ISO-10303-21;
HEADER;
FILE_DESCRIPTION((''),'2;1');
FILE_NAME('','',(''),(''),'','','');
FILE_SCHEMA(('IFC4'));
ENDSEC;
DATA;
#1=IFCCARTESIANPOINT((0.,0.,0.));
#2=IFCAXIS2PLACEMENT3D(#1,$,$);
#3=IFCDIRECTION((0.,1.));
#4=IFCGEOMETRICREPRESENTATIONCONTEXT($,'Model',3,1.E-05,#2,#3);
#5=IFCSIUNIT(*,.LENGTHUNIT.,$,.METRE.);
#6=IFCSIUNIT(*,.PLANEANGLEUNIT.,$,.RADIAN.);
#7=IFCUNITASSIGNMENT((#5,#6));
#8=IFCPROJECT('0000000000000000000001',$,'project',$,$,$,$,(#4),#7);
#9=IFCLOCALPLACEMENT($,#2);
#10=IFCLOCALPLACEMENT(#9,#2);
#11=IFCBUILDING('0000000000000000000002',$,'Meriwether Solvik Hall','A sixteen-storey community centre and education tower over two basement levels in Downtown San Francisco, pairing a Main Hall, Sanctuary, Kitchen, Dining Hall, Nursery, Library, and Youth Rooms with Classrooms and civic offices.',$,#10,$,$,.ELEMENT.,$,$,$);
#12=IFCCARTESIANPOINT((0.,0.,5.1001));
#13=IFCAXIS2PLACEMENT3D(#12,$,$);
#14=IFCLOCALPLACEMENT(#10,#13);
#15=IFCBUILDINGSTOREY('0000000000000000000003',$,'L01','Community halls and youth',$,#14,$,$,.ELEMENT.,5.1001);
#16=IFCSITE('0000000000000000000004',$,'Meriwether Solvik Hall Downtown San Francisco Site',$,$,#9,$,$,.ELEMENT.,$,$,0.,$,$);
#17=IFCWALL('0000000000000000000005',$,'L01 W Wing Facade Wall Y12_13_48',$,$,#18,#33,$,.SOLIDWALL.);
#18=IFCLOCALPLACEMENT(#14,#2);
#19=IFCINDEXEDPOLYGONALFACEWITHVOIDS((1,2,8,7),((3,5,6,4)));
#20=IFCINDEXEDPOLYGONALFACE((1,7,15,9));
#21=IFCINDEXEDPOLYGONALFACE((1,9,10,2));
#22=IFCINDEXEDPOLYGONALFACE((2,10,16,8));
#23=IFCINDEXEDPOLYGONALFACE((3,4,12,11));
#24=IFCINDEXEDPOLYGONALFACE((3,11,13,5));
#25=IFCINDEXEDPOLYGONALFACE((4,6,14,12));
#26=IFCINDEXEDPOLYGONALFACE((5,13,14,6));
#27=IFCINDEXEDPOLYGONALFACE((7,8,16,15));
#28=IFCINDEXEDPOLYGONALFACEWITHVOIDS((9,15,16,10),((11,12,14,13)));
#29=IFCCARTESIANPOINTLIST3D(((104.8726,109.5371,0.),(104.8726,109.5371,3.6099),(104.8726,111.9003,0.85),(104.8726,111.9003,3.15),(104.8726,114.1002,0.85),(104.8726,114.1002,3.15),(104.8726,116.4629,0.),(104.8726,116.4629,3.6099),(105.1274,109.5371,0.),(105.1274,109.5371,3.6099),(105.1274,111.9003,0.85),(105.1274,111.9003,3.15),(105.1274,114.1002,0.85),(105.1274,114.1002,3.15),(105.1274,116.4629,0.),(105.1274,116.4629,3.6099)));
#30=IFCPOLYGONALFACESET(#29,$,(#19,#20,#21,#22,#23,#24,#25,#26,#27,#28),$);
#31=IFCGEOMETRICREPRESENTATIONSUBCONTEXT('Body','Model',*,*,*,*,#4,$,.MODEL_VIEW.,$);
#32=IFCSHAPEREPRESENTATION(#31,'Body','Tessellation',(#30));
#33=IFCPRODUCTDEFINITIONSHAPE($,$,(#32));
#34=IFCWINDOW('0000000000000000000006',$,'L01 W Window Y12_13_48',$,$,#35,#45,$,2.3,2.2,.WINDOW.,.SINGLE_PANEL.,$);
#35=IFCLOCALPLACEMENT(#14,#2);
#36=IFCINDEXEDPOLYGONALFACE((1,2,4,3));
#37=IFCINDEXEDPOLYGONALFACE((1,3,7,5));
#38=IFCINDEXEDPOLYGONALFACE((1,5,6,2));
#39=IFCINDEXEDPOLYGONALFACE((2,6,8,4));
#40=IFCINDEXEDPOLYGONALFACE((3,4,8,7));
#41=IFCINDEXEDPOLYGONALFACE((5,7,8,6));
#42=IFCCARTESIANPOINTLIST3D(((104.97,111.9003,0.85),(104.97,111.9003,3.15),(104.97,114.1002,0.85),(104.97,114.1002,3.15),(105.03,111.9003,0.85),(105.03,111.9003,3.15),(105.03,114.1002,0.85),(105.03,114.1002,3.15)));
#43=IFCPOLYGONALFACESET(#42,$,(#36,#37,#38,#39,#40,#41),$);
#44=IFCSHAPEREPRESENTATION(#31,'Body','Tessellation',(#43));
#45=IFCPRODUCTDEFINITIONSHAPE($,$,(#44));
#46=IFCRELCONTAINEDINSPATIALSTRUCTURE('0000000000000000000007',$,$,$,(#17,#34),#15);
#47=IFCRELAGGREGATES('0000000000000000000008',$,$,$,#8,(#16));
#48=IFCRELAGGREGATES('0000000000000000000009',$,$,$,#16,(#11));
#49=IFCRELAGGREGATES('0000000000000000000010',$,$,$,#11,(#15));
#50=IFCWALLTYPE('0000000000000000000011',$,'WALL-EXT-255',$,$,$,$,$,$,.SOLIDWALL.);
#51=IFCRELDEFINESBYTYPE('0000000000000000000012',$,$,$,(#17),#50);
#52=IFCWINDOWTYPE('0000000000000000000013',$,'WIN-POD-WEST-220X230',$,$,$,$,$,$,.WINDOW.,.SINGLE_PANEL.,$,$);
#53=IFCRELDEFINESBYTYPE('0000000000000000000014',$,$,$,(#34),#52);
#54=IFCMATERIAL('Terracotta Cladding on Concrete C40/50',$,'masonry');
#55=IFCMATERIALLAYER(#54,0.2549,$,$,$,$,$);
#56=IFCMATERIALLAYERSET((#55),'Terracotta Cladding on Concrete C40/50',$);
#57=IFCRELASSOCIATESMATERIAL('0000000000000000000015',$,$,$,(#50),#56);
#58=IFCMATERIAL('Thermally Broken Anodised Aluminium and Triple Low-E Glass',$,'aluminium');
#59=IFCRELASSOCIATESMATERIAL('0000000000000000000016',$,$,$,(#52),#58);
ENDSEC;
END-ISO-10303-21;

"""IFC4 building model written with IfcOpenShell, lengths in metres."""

from ifc_helpers import new_model, si_unit, direction, frame, frame_2d, origin, place, context, subcontext, project, spatial, rectangle, extrude, material, layer, layer_set, type_object, element, fill, save


model = new_model("IFC4")

# Units and contexts
model_context = context("Model", 3, precision=1e-05, world=origin(), true_north=direction((0.0, 1.0)))
body_context = subcontext(model_context, "Body", "Model", "MODEL_VIEW")
ifc_project = project(units=[si_unit("LENGTHUNIT", "METRE"), si_unit("PLANEANGLEUNIT", "RADIAN")], contexts=[model_context])

# Site, building, storey
site_placement = place(None, origin())
site = spatial("IfcSite", under=ifc_project, at=site_placement, Name="Meriwether Solvik Hall Downtown San Francisco Site", CompositionType="ELEMENT", RefElevation=0.0)
building_placement = place(site_placement, origin())
building = spatial("IfcBuilding", under=site, at=building_placement, Name="Meriwether Solvik Hall", Description="A sixteen-storey community centre and education tower over two basement levels in Downtown San Francisco, pairing a Main Hall, Sanctuary, Kitchen, Dining Hall, Nursery, Library, and Youth Rooms with Classrooms and civic offices.", CompositionType="ELEMENT")
storey_placement = place(building_placement, frame((0.0, 0.0, 5.1001)))
storey = spatial("IfcBuildingStorey", under=building, at=storey_placement, Name="L01", Description="Community halls and youth", CompositionType="ELEMENT", Elevation=5.1001)

# Wall, opening, window
ifc_material_1 = material(Name="Terracotta Cladding on Concrete C40/50", Category="masonry")
ifc_layer_1 = layer(ifc_material_1, 0.2549)
ifc_layer_set_1 = layer_set([ifc_layer_1], Name="Terracotta Cladding on Concrete C40/50")
wall_type = type_object("IfcWallType", Name="WALL-EXT-255", PredefinedType="SOLIDWALL", material=ifc_layer_set_1)
wall_placement = place(storey_placement, frame((105.0, 109.5371, 0.0), z_axis=(0.0, 0.0, 1.0), x_axis=(0.0, 1.0, 0.0)))
wall = element("IfcWall", 1, at=wall_placement, inside=storey, type_object=wall_type, Name="L01 W Wing Facade Wall Y12_13_48", PredefinedType="SOLIDWALL", context=body_context, shape_type="SweptSolid", body=[
    extrude(rectangle(XDim=6.9258, YDim=0.2549, at=frame_2d((3.4629, 0.0))), origin(), (0.0, 0.0, 1.0), 3.6099),
])
opening_placement = place(wall_placement, frame((2.363, 0.0, 0.8501)))
opening = element("IfcOpeningElement", 2, at=opening_placement, cuts=wall, PredefinedType="OPENING", context=body_context, shape_type="SweptSolid", body=[
    extrude(rectangle(XDim=2.2, YDim=2.3, at=frame_2d((1.1001, 1.1499))), frame((0.0, 0.1394, 0.0), z_axis=(0.0, -1.0, 0.0), x_axis=(1.0, 0.0, 0.0)), (0.0, 0.0, 1.0), 0.2788),
])
ifc_material_2 = material(Name="Thermally Broken Anodised Aluminium and Triple Low-E Glass", Category="aluminium")
window_type = type_object("IfcWindowType", Name="WIN-POD-WEST-220X230", PartitioningType="SINGLE_PANEL", PredefinedType="WINDOW", material=ifc_material_2)
window_placement = place(opening_placement, origin())
window = element("IfcWindow", 3, at=window_placement, inside=storey, type_object=window_type, Name="L01 W Window Y12_13_48", OverallHeight=2.3, OverallWidth=2.2, PartitioningType="SINGLE_PANEL", PredefinedType="WINDOW", context=body_context, shape_type="SweptSolid", body=[
    extrude(rectangle(XDim=2.2, YDim=2.3, at=frame_2d((1.1001, 1.1499))), frame((0.0, 0.03, 0.0), z_axis=(0.0, -1.0, 0.0), x_axis=(1.0, 0.0, 0.0)), (0.0, 0.0, 1.0), 0.0601),
])
fill(opening, window)

save(model, "model.ifc")
